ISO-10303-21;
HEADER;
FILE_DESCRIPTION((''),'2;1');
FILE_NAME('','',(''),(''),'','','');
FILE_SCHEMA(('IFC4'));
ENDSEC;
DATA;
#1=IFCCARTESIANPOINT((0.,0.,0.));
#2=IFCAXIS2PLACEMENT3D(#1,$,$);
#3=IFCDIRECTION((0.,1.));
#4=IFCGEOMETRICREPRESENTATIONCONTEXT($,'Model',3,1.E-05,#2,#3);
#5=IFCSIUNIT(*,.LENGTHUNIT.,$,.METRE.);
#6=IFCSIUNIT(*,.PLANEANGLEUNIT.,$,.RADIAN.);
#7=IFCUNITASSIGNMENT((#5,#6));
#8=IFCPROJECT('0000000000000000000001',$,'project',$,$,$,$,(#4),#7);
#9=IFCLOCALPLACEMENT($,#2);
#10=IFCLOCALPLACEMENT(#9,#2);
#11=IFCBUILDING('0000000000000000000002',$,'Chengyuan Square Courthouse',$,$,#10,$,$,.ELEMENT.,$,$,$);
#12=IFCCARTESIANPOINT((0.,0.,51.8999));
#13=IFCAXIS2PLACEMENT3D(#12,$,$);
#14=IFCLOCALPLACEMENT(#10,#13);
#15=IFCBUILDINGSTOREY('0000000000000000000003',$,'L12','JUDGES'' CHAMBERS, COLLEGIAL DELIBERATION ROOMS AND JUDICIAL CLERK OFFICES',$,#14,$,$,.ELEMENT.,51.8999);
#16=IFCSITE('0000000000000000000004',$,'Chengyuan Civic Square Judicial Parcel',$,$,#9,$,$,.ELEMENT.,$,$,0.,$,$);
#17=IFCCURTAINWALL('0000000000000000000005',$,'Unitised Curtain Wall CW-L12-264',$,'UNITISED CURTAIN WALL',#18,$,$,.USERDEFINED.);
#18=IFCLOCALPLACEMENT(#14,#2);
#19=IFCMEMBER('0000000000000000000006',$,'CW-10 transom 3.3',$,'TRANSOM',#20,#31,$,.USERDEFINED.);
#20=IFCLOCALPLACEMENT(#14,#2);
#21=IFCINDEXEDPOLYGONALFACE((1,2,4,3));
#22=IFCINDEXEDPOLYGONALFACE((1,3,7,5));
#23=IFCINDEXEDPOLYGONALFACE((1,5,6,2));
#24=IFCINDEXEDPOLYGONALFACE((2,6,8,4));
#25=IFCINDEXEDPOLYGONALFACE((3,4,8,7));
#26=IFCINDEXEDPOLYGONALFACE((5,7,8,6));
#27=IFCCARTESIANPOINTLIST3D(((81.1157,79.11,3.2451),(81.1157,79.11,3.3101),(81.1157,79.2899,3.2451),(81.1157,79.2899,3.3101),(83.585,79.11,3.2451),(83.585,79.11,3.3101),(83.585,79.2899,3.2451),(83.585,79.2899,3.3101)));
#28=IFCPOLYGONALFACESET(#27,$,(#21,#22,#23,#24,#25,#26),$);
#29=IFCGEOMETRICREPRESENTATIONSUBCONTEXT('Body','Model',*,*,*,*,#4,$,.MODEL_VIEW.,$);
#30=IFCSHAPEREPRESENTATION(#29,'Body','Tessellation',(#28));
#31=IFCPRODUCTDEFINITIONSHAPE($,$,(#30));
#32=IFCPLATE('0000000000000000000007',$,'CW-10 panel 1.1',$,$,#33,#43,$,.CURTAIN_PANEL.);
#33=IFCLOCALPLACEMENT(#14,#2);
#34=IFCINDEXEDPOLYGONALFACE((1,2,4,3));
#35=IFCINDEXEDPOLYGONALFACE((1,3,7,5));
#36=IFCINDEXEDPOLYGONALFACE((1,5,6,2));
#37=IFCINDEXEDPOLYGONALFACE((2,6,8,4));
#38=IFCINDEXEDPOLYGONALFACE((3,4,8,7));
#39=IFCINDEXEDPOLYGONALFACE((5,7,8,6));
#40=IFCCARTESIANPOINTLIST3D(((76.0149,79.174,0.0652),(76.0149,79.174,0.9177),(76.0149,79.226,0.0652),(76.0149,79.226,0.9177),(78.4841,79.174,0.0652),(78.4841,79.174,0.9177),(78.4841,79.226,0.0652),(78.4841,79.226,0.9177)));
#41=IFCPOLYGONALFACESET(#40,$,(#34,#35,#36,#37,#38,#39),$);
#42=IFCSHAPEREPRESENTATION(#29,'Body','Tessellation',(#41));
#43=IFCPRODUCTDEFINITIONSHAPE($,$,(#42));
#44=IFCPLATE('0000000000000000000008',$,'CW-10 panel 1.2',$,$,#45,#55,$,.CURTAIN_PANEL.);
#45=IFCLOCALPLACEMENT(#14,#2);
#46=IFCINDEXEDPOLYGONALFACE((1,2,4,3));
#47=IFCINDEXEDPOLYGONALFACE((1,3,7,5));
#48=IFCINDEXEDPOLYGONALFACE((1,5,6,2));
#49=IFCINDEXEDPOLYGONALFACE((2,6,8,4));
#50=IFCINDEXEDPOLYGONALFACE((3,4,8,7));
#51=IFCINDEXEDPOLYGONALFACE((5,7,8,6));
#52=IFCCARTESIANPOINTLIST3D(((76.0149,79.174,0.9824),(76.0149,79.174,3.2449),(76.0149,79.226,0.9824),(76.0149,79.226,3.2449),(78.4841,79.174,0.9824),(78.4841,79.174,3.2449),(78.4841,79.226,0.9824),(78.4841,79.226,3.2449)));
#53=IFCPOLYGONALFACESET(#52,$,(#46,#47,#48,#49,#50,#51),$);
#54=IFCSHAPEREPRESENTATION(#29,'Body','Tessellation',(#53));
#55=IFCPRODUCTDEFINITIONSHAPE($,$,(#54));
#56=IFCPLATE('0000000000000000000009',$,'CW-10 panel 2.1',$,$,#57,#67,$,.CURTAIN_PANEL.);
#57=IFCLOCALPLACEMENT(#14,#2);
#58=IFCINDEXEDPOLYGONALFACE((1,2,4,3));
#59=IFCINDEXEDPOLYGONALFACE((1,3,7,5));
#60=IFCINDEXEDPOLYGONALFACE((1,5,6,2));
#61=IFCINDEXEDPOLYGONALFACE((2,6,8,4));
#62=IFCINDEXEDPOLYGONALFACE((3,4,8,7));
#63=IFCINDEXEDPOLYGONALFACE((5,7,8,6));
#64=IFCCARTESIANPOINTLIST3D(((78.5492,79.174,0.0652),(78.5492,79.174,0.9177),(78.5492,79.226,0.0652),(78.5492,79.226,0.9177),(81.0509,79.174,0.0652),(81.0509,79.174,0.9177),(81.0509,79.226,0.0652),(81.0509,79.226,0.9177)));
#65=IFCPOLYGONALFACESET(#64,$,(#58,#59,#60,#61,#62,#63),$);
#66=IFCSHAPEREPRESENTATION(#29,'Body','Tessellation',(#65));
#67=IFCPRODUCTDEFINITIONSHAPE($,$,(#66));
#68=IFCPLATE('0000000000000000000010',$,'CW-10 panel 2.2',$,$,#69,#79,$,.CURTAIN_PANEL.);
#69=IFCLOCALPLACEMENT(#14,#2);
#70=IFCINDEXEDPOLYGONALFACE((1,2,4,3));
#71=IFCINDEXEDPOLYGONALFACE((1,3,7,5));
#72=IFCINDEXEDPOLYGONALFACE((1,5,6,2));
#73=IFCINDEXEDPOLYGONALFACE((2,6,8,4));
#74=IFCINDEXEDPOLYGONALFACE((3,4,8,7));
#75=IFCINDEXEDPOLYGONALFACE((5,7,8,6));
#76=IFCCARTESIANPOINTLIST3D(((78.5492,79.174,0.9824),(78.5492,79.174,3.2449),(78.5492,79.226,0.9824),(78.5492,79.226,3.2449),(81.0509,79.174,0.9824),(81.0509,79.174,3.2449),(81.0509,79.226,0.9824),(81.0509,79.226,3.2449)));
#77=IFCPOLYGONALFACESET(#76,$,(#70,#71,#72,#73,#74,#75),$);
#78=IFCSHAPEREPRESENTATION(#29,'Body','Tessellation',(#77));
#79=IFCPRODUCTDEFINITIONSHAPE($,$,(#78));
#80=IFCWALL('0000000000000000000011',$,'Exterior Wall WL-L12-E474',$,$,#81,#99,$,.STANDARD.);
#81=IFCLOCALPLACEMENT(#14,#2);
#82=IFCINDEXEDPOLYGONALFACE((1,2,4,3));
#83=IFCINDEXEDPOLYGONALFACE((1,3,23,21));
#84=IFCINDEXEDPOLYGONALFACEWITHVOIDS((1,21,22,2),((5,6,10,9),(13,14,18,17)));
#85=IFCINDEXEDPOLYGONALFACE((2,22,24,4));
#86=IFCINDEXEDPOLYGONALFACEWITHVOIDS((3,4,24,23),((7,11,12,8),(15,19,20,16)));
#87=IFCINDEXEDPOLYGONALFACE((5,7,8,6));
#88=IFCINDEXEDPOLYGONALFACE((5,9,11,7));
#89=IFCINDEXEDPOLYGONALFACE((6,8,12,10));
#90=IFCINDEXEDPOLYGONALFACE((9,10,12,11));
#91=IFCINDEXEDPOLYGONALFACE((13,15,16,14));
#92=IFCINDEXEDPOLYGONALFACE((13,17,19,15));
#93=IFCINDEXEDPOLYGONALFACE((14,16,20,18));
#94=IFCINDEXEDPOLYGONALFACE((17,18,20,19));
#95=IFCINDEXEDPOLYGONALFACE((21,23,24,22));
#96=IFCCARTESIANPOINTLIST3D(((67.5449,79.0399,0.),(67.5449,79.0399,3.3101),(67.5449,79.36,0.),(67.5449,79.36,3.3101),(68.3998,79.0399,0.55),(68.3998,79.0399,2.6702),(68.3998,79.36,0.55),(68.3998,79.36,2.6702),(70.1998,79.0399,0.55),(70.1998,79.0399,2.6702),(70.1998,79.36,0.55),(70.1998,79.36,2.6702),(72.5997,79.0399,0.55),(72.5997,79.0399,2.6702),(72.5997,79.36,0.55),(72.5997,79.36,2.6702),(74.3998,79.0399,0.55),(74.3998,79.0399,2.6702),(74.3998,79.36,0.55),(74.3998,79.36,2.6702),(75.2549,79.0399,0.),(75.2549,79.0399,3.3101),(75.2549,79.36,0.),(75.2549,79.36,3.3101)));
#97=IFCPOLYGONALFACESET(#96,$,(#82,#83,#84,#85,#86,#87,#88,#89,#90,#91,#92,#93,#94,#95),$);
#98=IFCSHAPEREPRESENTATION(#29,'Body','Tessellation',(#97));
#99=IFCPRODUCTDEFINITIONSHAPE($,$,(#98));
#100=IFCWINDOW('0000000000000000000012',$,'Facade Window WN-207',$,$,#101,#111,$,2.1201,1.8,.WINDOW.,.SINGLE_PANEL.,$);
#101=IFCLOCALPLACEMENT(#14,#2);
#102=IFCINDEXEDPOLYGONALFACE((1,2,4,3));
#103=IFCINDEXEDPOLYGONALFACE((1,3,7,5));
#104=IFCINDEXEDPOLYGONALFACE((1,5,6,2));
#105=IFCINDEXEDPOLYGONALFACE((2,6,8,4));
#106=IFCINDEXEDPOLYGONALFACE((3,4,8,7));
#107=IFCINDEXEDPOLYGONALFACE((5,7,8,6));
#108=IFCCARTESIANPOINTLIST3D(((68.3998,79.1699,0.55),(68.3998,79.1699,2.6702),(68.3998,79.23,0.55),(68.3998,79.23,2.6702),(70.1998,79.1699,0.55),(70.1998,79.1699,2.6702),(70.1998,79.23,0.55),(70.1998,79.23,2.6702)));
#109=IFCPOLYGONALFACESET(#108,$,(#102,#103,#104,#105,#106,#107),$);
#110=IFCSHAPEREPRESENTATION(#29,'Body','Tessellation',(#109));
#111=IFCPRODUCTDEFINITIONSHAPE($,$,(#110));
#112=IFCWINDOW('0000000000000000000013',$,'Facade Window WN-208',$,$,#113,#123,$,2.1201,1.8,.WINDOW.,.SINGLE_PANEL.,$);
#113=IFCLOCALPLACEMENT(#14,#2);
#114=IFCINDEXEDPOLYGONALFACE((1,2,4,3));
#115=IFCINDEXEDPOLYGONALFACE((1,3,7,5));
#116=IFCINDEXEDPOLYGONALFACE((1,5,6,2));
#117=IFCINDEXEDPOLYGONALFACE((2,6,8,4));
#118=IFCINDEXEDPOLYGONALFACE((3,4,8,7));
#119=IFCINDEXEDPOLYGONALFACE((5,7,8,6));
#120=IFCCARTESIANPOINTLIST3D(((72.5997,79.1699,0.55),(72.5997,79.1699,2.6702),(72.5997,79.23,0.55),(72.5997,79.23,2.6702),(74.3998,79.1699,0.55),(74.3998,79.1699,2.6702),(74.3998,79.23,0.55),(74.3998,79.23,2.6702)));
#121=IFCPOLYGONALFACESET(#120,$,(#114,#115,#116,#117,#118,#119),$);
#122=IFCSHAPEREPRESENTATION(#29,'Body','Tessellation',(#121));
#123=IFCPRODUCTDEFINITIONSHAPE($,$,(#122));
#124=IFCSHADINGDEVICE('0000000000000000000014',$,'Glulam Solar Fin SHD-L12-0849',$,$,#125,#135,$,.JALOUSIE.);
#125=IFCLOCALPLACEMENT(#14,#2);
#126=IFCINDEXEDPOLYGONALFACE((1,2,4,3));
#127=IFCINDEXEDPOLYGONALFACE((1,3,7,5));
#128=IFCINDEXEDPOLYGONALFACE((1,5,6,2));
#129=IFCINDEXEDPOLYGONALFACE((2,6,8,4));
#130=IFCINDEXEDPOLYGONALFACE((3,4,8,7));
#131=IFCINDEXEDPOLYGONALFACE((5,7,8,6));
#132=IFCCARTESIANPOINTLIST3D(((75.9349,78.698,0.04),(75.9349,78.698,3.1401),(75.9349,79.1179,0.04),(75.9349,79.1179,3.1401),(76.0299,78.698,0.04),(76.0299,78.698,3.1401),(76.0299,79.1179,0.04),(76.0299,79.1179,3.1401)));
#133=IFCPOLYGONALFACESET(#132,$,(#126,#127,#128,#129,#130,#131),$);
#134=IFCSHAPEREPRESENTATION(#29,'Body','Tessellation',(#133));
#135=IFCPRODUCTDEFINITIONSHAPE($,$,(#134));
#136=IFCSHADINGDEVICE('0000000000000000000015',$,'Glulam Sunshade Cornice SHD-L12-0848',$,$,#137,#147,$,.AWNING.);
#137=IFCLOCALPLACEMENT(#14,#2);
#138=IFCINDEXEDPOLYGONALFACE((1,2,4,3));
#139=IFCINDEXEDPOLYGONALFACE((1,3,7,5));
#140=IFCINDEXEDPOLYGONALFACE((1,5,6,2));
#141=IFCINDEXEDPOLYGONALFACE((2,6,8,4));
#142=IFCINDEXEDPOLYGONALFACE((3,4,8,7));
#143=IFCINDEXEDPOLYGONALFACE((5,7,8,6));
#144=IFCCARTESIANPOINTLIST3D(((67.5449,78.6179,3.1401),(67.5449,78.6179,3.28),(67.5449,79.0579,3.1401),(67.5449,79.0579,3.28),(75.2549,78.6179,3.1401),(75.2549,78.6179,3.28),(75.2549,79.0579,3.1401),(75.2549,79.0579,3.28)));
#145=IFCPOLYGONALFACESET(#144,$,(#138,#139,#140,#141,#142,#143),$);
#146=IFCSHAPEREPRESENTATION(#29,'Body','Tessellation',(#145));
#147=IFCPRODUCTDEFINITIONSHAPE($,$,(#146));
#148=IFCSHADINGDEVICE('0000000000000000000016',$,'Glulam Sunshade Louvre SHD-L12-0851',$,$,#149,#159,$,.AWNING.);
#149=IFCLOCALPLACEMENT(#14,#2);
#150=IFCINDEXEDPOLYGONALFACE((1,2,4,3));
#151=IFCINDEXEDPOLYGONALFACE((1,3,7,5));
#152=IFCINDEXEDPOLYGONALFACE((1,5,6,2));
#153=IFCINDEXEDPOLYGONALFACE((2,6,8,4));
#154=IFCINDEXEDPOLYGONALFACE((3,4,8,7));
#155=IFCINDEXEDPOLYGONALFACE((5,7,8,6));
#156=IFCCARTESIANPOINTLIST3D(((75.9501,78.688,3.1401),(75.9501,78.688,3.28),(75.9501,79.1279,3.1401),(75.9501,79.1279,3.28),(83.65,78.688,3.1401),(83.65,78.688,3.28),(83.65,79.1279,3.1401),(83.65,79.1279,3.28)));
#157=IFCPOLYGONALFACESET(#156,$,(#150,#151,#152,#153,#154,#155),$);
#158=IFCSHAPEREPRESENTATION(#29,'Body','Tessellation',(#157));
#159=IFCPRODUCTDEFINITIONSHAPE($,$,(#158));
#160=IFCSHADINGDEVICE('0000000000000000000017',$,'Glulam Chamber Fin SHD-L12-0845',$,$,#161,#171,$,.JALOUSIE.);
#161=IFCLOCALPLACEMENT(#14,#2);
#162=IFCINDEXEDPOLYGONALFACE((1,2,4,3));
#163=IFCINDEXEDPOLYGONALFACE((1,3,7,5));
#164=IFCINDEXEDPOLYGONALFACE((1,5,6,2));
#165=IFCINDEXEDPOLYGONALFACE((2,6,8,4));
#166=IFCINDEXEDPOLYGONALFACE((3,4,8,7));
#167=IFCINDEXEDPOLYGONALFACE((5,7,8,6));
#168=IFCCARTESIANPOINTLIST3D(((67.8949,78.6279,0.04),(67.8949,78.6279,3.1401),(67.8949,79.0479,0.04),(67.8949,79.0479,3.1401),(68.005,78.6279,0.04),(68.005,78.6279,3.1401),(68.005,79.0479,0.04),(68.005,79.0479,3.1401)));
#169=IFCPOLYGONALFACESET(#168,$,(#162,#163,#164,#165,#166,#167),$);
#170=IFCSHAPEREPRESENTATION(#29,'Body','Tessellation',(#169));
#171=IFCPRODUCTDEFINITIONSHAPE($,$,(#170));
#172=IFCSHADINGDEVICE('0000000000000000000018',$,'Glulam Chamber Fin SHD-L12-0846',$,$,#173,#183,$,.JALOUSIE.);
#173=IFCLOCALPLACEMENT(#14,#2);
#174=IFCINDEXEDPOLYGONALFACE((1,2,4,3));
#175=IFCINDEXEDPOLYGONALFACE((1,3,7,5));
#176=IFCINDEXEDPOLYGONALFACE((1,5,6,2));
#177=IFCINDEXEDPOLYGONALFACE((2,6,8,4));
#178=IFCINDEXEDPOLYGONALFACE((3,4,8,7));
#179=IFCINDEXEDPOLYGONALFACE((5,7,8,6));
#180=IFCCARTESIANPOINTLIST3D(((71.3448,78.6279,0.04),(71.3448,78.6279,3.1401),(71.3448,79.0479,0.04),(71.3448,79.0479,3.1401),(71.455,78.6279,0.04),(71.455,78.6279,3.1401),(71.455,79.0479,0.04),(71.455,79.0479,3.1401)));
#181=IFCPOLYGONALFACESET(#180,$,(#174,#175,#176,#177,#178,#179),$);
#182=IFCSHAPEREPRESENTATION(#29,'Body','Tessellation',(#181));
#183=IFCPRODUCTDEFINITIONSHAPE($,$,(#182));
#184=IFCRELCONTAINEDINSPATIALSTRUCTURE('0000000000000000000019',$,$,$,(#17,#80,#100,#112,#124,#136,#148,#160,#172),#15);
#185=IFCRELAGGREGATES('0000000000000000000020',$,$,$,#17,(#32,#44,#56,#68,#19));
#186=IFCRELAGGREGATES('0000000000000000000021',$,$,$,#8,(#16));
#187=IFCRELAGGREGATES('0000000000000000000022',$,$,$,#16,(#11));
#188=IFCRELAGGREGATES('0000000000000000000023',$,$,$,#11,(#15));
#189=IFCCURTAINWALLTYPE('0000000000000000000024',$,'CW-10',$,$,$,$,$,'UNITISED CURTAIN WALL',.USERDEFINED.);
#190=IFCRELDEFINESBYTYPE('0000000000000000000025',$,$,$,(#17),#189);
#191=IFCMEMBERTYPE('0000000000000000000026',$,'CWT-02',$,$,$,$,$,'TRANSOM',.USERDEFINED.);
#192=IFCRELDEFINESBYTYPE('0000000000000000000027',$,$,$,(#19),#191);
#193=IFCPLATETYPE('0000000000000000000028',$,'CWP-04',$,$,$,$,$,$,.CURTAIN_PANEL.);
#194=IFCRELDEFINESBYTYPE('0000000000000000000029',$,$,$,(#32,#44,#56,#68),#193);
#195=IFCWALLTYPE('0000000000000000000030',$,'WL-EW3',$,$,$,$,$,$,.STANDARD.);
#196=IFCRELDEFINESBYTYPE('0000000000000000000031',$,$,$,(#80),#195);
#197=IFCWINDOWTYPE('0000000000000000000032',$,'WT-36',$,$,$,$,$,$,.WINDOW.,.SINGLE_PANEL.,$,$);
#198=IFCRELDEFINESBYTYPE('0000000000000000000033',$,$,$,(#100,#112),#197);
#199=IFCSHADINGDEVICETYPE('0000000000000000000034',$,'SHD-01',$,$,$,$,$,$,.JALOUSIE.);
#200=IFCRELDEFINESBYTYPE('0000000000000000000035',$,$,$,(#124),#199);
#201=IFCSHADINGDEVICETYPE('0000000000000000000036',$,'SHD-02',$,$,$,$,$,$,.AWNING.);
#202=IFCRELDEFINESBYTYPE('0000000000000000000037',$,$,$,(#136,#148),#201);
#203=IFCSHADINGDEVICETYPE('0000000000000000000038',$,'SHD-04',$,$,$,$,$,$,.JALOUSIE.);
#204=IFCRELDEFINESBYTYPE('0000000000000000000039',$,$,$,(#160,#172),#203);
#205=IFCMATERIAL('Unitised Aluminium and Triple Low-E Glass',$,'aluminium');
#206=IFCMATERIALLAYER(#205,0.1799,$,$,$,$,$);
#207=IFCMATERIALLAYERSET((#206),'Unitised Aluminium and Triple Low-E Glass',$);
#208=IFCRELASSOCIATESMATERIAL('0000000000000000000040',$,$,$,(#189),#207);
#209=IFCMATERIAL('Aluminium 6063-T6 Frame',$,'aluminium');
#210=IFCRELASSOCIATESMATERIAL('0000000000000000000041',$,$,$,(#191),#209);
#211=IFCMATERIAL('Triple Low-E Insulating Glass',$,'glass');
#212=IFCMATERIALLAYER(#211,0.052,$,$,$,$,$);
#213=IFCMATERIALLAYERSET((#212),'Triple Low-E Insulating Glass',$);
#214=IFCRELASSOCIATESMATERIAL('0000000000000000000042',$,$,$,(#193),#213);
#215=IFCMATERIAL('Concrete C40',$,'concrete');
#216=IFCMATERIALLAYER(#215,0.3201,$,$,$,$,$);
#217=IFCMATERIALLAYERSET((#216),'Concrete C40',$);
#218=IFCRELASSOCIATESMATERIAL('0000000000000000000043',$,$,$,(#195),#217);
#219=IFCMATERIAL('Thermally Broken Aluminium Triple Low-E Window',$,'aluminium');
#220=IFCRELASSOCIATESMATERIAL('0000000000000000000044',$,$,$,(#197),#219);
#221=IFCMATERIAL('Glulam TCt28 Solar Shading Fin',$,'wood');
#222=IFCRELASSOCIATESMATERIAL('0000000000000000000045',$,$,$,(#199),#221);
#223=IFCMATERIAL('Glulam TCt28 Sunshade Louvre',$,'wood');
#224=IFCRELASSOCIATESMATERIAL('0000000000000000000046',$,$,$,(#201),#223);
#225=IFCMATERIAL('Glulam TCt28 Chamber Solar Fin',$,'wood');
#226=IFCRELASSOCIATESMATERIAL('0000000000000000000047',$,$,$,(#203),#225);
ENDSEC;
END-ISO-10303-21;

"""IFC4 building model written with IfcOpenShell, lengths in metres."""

from ifc_helpers import new_model, si_unit, direction, frame, frame_2d, origin, origin_2d, place, context, subcontext, project, spatial, rectangle, extrude, material, layer, layer_set, material_profile, profile_set, type_object, element, fill, aggregate, save


model = new_model("IFC4")

# Units and contexts
model_context = context("Model", 3, precision=1e-05, world=origin(), true_north=direction((0.0, 1.0)))
body_context = subcontext(model_context, "Body", "Model", "MODEL_VIEW")
ifc_project = project(units=[si_unit("LENGTHUNIT", "METRE"), si_unit("PLANEANGLEUNIT", "RADIAN")], contexts=[model_context])

# Site, building, storey
site_placement = place(None, origin())
site = spatial("IfcSite", under=ifc_project, at=site_placement, Name="Chengyuan Civic Square Judicial Parcel", CompositionType="ELEMENT", RefElevation=0.0)
building_placement = place(site_placement, origin())
building = spatial("IfcBuilding", under=site, at=building_placement, Name="Chengyuan Square Courthouse", CompositionType="ELEMENT")
storey_placement = place(building_placement, frame((0.0, 0.0, 51.8999)))
storey = spatial("IfcBuildingStorey", under=building, at=storey_placement, Name="L12", Description="JUDGES' CHAMBERS, COLLEGIAL DELIBERATION ROOMS AND JUDICIAL CLERK OFFICES", CompositionType="ELEMENT", Elevation=51.8999)

# Shared definitions
ifc_material_1 = material(Name="Concrete C40", Category="concrete")

# Curtain wall, member, plates
ifc_material_2 = material(Name="Unitised Aluminium and Triple Low-E Glass", Category="aluminium")
ifc_layer_1 = layer(ifc_material_2, 0.1799)
ifc_layer_set_1 = layer_set([ifc_layer_1], Name="Unitised Aluminium and Triple Low-E Glass")
curtain_wall_type = type_object("IfcCurtainWallType", Name="CW-10", ElementType="UNITISED CURTAIN WALL", PredefinedType="USERDEFINED", material=ifc_layer_set_1)
curtain_wall_placement = place(storey_placement, origin())
curtain_wall = element("IfcCurtainWall", 1, at=curtain_wall_placement, inside=storey, type_object=curtain_wall_type, Name="Unitised Curtain Wall CW-L12-264", ObjectType="UNITISED CURTAIN WALL", PredefinedType="USERDEFINED")
ifc_material_3 = material(Name="Aluminium 6063-T6 Frame", Category="aluminium")
ifc_material_profile_1 = material_profile(ifc_material_3, rectangle(XDim=0.1799, YDim=0.0649, at=origin_2d()), Name="CW-TRN-65x140")
ifc_profile_set_1 = profile_set([ifc_material_profile_1], Name="Aluminium 6063-T6 Frame")
member_type_1 = type_object("IfcMemberType", Name="CWT-02", ElementType="TRANSOM", PredefinedType="USERDEFINED", material=ifc_profile_set_1)
member_1_placement = place(storey_placement, frame((81.1157, 79.2, 3.2776), z_axis=(1.0, 0.0, 0.0), x_axis=(0.0, 1.0, 0.0)))
member_1 = element("IfcMember", 2, at=member_1_placement, type_object=member_type_1, Name="CW-10 transom 3.3", ObjectType="TRANSOM", PredefinedType="USERDEFINED", context=body_context, shape_type="SweptSolid", body=[
    extrude(rectangle(XDim=0.1799, YDim=0.0649, at=origin_2d()), origin(), (0.0, 0.0, 1.0), 2.4692),
])
ifc_material_4 = material(Name="Triple Low-E Insulating Glass", Category="glass")
ifc_layer_2 = layer(ifc_material_4, 0.052)
ifc_layer_set_2 = layer_set([ifc_layer_2], Name="Triple Low-E Insulating Glass")
plate_type = type_object("IfcPlateType", Name="CWP-04", PredefinedType="CURTAIN_PANEL", material=ifc_layer_set_2)
plate_1_placement = place(storey_placement, frame((77.2495, 79.2, 0.0652), z_axis=(0.0, 0.0, 1.0), x_axis=(1.0, 0.0, 0.0)))
plate_1 = element("IfcPlate", 3, at=plate_1_placement, type_object=plate_type, Name="CW-10 panel 1.1", PredefinedType="CURTAIN_PANEL", context=body_context, shape_type="SweptSolid", body=[
    extrude(rectangle(XDim=2.4692, YDim=0.052, at=origin_2d()), origin(), (0.0, 0.0, 1.0), 0.8525),
])
plate_2_placement = place(storey_placement, frame((77.2495, 79.2, 0.9824), z_axis=(0.0, 0.0, 1.0), x_axis=(1.0, 0.0, 0.0)))
plate_2 = element("IfcPlate", 4, at=plate_2_placement, type_object=plate_type, Name="CW-10 panel 1.2", PredefinedType="CURTAIN_PANEL", context=body_context, shape_type="SweptSolid", body=[
    extrude(rectangle(XDim=2.4692, YDim=0.052, at=origin_2d()), origin(), (0.0, 0.0, 1.0), 2.2625),
])
plate_3_placement = place(storey_placement, frame((79.8, 79.2, 0.0652), z_axis=(0.0, 0.0, 1.0), x_axis=(1.0, 0.0, 0.0)))
plate_3 = element("IfcPlate", 5, at=plate_3_placement, type_object=plate_type, Name="CW-10 panel 2.1", PredefinedType="CURTAIN_PANEL", context=body_context, shape_type="SweptSolid", body=[
    extrude(rectangle(XDim=2.5017, YDim=0.052, at=origin_2d()), origin(), (0.0, 0.0, 1.0), 0.8525),
])
plate_4_placement = place(storey_placement, frame((79.8, 79.2, 0.9824), z_axis=(0.0, 0.0, 1.0), x_axis=(1.0, 0.0, 0.0)))
plate_4 = element("IfcPlate", 6, at=plate_4_placement, type_object=plate_type, Name="CW-10 panel 2.2", PredefinedType="CURTAIN_PANEL", context=body_context, shape_type="SweptSolid", body=[
    extrude(rectangle(XDim=2.5017, YDim=0.052, at=origin_2d()), origin(), (0.0, 0.0, 1.0), 2.2625),
])
aggregate(curtain_wall, [plate_1, plate_2, plate_3, plate_4, member_1])

# Wall, openings, windows
ifc_layer_3 = layer(ifc_material_1, 0.3201)
ifc_layer_set_3 = layer_set([ifc_layer_3], Name="Concrete C40")
wall_type = type_object("IfcWallType", Name="WL-EW3", PredefinedType="STANDARD", material=ifc_layer_set_3)
wall_placement = place(storey_placement, frame((67.5449, 79.2, 0.0), z_axis=(0.0, 0.0, 1.0), x_axis=(1.0, 0.0, 0.0)))
wall = element("IfcWall", 7, at=wall_placement, inside=storey, type_object=wall_type, Name="Exterior Wall WL-L12-E474", PredefinedType="STANDARD", context=body_context, shape_type="SweptSolid", body=[
    extrude(rectangle(XDim=7.71, YDim=0.3201, at=frame_2d((3.855, 0.0))), origin(), (0.0, 0.0, 1.0), 3.3101),
])
opening_1_placement = place(wall_placement, frame((0.855, 0.0, 0.55)))
opening_1 = element("IfcOpeningElement", 8, at=opening_1_placement, cuts=wall, PredefinedType="OPENING", context=body_context, shape_type="SweptSolid", body=[
    extrude(rectangle(XDim=1.8, YDim=2.1201, at=frame_2d((0.8999, 1.0601))), frame((0.0, 0.1721, 0.0), z_axis=(0.0, -1.0, 0.0), x_axis=(1.0, 0.0, 0.0)), (0.0, 0.0, 1.0), 0.344),
])
opening_2_placement = place(wall_placement, frame((5.0549, 0.0, 0.55)))
opening_2 = element("IfcOpeningElement", 9, at=opening_2_placement, cuts=wall, PredefinedType="OPENING", context=body_context, shape_type="SweptSolid", body=[
    extrude(rectangle(XDim=1.8, YDim=2.1201, at=frame_2d((0.8999, 1.0601))), frame((0.0, 0.1721, 0.0), z_axis=(0.0, -1.0, 0.0), x_axis=(1.0, 0.0, 0.0)), (0.0, 0.0, 1.0), 0.344),
])
ifc_material_5 = material(Name="Thermally Broken Aluminium Triple Low-E Window", Category="aluminium")
window_type = type_object("IfcWindowType", Name="WT-36", PartitioningType="SINGLE_PANEL", PredefinedType="WINDOW", material=ifc_material_5)
window_1_placement = place(opening_1_placement, origin())
window_1 = element("IfcWindow", 10, at=window_1_placement, inside=storey, type_object=window_type, Name="Facade Window WN-207", OverallHeight=2.1201, OverallWidth=1.8, PartitioningType="SINGLE_PANEL", PredefinedType="WINDOW", context=body_context, shape_type="SweptSolid", body=[
    extrude(rectangle(XDim=1.8, YDim=2.1201, at=frame_2d((0.8999, 1.0601))), frame((0.0, 0.03, 0.0), z_axis=(0.0, -1.0, 0.0), x_axis=(1.0, 0.0, 0.0)), (0.0, 0.0, 1.0), 0.0601),
])
fill(opening_1, window_1)
window_2_placement = place(opening_2_placement, origin())
window_2 = element("IfcWindow", 11, at=window_2_placement, inside=storey, type_object=window_type, Name="Facade Window WN-208", OverallHeight=2.1201, OverallWidth=1.8, PartitioningType="SINGLE_PANEL", PredefinedType="WINDOW", context=body_context, shape_type="SweptSolid", body=[
    extrude(rectangle(XDim=1.8, YDim=2.1201, at=frame_2d((0.8999, 1.0601))), frame((0.0, 0.03, 0.0), z_axis=(0.0, -1.0, 0.0), x_axis=(1.0, 0.0, 0.0)), (0.0, 0.0, 1.0), 0.0601),
])
fill(opening_2, window_2)

# Shading devices
ifc_material_6 = material(Name="Glulam TCt28 Solar Shading Fin", Category="wood")
shading_device_type_1 = type_object("IfcShadingDeviceType", Name="SHD-01", PredefinedType="JALOUSIE", material=ifc_material_6)
shading_device_1_placement = place(storey_placement, frame((75.9824, 78.908, 0.04), z_axis=(0.0, 0.0, 1.0), x_axis=(0.0, 1.0, 0.0)))
element("IfcShadingDevice", 12, at=shading_device_1_placement, inside=storey, type_object=shading_device_type_1, Name="Glulam Solar Fin SHD-L12-0849", PredefinedType="JALOUSIE", context=body_context, shape_type="SweptSolid", body=[
    extrude(rectangle(XDim=0.4199, YDim=0.095, at=origin_2d()), origin(), (0.0, 0.0, 1.0), 3.1001),
])
ifc_material_7 = material(Name="Glulam TCt28 Sunshade Louvre", Category="wood")
shading_device_type_2 = type_object("IfcShadingDeviceType", Name="SHD-02", PredefinedType="AWNING", material=ifc_material_7)
shading_device_2_placement = place(storey_placement, frame((71.3999, 78.8379, 3.1401), z_axis=(0.0, 0.0, 1.0), x_axis=(1.0, 0.0, 0.0)))
element("IfcShadingDevice", 13, at=shading_device_2_placement, inside=storey, type_object=shading_device_type_2, Name="Glulam Sunshade Cornice SHD-L12-0848", PredefinedType="AWNING", context=body_context, shape_type="SweptSolid", body=[
    extrude(rectangle(XDim=7.71, YDim=0.4399, at=origin_2d()), origin(), (0.0, 0.0, 1.0), 0.1399),
])
shading_device_3_placement = place(storey_placement, frame((79.8, 78.908, 3.1401), z_axis=(0.0, 0.0, 1.0), x_axis=(1.0, 0.0, 0.0)))
element("IfcShadingDevice", 14, at=shading_device_3_placement, inside=storey, type_object=shading_device_type_2, Name="Glulam Sunshade Louvre SHD-L12-0851", PredefinedType="AWNING", context=body_context, shape_type="SweptSolid", body=[
    extrude(rectangle(XDim=7.7, YDim=0.4399, at=origin_2d()), origin(), (0.0, 0.0, 1.0), 0.1399),
])
ifc_material_8 = material(Name="Glulam TCt28 Chamber Solar Fin", Category="wood")
shading_device_type_3 = type_object("IfcShadingDeviceType", Name="SHD-04", PredefinedType="JALOUSIE", material=ifc_material_8)
for number, where, z_axis, x_axis, name in (
    (15, (67.95, 78.8379, 0.04), (0.0, 0.0, 1.0), (0.0, 1.0, 0.0), "Glulam Chamber Fin SHD-L12-0845"),
    (16, (71.3999, 78.8379, 0.04), (0.0, 0.0, 1.0), (0.0, 1.0, 0.0), "Glulam Chamber Fin SHD-L12-0846"),
):
    element("IfcShadingDevice", number, at=place(storey_placement, frame(where, z_axis=z_axis, x_axis=x_axis)), inside=storey, type_object=shading_device_type_3, Name=name, PredefinedType="JALOUSIE", context=body_context, shape_type="SweptSolid", body=[
        extrude(rectangle(XDim=0.4199, YDim=0.1101, at=origin_2d()), origin(), (0.0, 0.0, 1.0), 3.1001),
    ])

save(model, "model.ifc")
